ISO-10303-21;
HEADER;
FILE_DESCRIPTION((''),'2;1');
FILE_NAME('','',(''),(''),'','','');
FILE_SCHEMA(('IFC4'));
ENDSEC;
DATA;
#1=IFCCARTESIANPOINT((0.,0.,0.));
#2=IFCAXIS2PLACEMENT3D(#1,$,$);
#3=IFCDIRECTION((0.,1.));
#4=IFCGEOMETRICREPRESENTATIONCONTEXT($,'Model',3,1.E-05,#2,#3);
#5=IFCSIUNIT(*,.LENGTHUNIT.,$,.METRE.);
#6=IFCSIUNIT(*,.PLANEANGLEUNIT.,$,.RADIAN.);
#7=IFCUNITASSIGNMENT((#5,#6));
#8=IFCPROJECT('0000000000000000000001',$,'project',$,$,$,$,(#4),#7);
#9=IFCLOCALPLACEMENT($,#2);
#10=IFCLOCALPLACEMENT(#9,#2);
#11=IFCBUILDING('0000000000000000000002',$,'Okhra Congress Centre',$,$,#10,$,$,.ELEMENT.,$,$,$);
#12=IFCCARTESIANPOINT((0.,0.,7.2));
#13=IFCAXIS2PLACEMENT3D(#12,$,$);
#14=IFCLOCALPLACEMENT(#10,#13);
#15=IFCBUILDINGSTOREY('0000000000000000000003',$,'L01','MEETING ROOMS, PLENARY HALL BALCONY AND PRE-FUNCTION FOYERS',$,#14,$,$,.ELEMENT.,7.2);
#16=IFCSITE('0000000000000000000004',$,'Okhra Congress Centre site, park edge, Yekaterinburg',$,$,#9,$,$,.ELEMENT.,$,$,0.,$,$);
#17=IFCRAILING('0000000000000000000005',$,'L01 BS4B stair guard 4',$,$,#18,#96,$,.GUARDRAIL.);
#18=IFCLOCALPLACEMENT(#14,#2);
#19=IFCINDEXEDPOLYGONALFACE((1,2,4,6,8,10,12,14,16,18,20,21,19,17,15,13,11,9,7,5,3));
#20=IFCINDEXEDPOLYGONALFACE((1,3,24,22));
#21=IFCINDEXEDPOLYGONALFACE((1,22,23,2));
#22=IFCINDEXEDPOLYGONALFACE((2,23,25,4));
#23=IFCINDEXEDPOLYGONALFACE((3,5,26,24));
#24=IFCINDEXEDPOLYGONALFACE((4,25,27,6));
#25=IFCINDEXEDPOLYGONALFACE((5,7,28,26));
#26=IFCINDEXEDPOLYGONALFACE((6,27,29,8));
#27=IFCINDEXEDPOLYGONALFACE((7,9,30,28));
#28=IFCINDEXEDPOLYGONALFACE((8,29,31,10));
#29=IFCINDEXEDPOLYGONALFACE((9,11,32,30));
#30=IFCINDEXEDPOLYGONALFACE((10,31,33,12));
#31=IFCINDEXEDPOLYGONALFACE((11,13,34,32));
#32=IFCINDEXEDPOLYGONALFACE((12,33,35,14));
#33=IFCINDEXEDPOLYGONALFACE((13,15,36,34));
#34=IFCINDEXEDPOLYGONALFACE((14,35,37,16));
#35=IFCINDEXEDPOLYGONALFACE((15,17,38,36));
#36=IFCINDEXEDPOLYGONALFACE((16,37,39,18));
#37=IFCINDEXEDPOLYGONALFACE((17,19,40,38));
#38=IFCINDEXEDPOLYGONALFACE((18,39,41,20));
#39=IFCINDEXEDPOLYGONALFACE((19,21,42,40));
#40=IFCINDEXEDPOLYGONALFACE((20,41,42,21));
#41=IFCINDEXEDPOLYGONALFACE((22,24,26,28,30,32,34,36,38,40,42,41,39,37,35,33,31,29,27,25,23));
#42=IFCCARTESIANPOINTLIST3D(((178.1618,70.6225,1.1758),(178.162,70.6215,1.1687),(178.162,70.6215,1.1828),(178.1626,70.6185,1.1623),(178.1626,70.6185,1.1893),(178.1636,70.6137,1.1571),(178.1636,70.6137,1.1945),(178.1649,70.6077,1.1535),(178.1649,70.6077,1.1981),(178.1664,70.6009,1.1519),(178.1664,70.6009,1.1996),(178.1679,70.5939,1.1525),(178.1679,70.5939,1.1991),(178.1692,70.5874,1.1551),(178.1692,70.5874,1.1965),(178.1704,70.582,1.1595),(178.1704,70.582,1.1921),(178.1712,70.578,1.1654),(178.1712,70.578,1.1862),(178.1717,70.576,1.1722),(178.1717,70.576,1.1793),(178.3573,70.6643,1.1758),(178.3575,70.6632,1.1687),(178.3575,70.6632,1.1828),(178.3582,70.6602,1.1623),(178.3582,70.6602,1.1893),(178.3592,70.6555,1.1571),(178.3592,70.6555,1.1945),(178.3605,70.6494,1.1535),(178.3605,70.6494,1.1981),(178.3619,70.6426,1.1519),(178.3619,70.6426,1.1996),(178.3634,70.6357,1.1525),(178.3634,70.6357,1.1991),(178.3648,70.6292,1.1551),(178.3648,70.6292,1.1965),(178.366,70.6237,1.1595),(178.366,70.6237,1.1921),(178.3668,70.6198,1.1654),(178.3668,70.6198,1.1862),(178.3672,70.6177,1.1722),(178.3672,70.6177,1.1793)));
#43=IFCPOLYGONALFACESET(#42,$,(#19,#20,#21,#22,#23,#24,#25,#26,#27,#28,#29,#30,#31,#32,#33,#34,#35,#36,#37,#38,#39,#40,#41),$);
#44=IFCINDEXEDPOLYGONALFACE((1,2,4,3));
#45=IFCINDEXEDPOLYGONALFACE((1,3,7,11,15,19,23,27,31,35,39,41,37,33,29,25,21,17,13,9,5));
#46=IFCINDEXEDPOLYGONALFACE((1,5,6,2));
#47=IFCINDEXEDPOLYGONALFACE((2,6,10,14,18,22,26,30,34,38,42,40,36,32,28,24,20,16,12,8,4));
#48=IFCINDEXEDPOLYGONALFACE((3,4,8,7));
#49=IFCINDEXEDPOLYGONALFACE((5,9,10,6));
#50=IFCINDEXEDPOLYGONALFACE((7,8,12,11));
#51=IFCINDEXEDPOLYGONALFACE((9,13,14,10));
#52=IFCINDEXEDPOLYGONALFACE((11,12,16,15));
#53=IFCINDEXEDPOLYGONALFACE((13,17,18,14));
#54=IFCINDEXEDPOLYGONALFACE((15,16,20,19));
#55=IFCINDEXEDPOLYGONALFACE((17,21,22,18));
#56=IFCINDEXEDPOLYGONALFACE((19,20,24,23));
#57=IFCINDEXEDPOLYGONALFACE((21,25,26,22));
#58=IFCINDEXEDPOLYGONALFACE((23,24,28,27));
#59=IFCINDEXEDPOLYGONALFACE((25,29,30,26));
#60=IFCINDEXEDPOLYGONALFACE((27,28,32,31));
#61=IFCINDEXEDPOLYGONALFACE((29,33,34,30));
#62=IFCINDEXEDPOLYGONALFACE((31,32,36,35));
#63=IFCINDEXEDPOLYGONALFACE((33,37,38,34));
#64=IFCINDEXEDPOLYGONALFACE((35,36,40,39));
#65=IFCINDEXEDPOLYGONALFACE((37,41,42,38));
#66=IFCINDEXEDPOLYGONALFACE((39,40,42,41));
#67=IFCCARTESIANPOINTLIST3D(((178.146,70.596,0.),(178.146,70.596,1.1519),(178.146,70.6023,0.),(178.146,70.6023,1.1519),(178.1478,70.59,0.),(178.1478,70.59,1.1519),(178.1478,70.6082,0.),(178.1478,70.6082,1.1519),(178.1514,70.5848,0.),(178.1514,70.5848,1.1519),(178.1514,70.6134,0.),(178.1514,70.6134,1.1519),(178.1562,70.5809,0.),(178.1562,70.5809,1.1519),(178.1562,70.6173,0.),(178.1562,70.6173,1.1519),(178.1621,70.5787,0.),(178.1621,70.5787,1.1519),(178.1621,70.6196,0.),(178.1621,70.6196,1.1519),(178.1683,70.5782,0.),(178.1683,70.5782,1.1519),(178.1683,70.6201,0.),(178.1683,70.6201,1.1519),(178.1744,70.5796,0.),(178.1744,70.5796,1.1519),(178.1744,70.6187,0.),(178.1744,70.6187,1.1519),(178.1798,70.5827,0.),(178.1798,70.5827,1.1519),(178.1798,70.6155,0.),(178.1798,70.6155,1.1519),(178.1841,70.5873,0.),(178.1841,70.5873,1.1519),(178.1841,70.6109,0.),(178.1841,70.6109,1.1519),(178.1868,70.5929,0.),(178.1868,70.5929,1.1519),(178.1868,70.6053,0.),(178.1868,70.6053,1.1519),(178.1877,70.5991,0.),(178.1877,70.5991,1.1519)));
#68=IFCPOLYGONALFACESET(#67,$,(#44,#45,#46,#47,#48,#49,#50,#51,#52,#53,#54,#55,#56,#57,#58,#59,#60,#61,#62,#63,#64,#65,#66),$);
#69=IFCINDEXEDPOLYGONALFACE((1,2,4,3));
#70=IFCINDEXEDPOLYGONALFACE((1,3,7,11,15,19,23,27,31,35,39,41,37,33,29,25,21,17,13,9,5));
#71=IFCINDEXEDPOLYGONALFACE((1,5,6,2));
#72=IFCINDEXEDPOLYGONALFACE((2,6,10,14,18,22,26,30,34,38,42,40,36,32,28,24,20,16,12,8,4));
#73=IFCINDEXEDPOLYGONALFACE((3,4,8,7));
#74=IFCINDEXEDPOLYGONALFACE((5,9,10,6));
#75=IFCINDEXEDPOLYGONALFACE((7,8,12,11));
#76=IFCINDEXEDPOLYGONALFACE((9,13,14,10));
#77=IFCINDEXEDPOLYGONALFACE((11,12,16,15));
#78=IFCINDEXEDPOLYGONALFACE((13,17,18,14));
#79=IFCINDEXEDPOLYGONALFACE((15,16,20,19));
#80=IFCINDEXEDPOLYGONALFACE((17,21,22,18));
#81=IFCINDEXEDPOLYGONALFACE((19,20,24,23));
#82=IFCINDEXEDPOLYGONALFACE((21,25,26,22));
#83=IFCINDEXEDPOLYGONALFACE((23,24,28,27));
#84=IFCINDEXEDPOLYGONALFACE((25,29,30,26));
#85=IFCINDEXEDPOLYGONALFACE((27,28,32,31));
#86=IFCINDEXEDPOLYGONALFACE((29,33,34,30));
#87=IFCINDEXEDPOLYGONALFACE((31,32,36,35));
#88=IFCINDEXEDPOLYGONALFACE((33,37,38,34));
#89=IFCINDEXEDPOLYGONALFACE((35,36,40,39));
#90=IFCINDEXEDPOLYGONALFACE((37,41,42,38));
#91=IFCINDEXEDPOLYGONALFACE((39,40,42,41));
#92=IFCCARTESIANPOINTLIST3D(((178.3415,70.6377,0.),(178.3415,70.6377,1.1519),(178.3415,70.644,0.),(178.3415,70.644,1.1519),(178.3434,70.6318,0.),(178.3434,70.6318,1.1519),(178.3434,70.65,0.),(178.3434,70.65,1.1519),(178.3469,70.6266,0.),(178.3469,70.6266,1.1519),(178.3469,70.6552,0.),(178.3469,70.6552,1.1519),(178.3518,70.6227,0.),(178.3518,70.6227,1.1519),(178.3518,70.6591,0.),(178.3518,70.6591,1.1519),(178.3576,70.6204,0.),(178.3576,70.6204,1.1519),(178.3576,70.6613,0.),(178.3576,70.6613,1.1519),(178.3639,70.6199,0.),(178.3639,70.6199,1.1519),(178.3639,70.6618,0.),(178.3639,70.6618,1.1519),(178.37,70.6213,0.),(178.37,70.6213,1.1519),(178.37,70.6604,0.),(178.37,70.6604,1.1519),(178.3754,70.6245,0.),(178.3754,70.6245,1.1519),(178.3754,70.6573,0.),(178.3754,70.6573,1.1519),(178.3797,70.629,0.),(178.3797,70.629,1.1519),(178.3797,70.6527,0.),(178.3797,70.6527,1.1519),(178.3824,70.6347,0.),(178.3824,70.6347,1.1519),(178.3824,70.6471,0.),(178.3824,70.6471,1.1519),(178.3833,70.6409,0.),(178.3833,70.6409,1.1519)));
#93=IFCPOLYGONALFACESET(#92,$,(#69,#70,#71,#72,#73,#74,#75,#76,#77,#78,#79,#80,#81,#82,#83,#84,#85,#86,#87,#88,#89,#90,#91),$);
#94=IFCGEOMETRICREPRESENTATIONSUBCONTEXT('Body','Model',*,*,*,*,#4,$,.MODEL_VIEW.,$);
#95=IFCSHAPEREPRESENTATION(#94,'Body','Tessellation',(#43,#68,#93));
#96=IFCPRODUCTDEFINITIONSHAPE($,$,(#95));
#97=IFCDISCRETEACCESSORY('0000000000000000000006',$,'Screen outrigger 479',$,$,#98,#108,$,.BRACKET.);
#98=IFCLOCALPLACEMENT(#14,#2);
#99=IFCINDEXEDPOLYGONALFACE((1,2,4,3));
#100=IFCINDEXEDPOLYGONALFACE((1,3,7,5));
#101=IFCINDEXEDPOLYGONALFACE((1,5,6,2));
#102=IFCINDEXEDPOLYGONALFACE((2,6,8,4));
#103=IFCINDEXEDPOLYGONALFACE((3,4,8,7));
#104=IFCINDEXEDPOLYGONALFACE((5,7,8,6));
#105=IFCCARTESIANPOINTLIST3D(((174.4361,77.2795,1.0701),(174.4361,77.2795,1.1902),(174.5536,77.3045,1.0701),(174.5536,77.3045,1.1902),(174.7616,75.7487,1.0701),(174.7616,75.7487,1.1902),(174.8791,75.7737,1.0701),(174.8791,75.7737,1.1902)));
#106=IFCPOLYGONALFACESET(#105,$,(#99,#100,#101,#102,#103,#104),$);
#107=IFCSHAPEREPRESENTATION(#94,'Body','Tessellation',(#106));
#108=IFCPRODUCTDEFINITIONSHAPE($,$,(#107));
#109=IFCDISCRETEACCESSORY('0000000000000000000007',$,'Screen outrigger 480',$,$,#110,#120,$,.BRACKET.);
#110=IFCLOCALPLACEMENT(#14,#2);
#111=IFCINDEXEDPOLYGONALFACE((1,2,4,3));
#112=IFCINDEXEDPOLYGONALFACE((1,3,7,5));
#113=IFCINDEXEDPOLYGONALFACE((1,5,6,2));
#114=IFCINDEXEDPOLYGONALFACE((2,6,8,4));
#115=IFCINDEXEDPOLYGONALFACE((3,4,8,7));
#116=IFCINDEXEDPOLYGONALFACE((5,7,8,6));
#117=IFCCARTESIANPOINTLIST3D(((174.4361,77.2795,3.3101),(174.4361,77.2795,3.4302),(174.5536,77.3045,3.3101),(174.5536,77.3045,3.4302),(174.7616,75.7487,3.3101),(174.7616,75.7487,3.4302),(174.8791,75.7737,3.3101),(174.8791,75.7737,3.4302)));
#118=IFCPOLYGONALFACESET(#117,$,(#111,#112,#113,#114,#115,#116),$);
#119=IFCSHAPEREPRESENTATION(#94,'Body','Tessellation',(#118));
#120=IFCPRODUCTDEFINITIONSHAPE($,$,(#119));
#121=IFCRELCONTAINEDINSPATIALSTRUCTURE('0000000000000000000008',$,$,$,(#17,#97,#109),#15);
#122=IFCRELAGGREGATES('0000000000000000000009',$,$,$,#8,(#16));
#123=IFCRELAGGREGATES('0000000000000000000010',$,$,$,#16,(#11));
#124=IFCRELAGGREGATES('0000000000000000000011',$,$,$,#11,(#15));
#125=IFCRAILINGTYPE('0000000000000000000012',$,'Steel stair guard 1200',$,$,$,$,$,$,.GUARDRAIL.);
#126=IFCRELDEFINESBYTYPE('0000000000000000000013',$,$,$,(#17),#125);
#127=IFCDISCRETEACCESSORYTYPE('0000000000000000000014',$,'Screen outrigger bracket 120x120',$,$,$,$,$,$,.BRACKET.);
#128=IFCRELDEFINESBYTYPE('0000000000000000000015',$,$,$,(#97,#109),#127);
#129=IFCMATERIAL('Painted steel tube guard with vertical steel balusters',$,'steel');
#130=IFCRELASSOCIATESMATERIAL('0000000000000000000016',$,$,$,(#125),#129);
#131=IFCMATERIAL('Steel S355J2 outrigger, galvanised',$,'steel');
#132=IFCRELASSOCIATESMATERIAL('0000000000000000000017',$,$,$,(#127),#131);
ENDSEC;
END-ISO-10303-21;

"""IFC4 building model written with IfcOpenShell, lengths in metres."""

from ifc_helpers import new_model, si_unit, direction, frame, origin, origin_2d, place, context, subcontext, project, spatial, rectangle, circle, extrude, material, material_profile, profile_set, type_object, element, save


model = new_model("IFC4")

# Units and contexts
model_context = context("Model", 3, precision=1e-05, world=origin(), true_north=direction((0.0, 1.0)))
body_context = subcontext(model_context, "Body", "Model", "MODEL_VIEW")
ifc_project = project(units=[si_unit("LENGTHUNIT", "METRE"), si_unit("PLANEANGLEUNIT", "RADIAN")], contexts=[model_context])

# Site, building, storey
site_placement = place(None, origin())
site = spatial("IfcSite", under=ifc_project, at=site_placement, Name="Okhra Congress Centre site, park edge, Yekaterinburg", CompositionType="ELEMENT", RefElevation=0.0)
building_placement = place(site_placement, origin())
building = spatial("IfcBuilding", under=site, at=building_placement, Name="Okhra Congress Centre", CompositionType="ELEMENT")
storey_placement = place(building_placement, frame((0.0, 0.0, 7.2)))
storey = spatial("IfcBuildingStorey", under=building, at=storey_placement, Name="L01", Description="MEETING ROOMS, PLENARY HALL BALCONY AND PRE-FUNCTION FOYERS", CompositionType="ELEMENT", Elevation=7.2)

# Railing
ifc_material_1 = material(Name="Painted steel tube guard with vertical steel balusters", Category="steel")
railing_type_1 = type_object("IfcRailingType", Name="Steel stair guard 1200", PredefinedType="GUARDRAIL", material=ifc_material_1)
railing_1_placement = place(storey_placement, frame((178.1667, 70.5991, 0.0)))
element("IfcRailing", 1, at=railing_1_placement, inside=storey, type_object=railing_type_1, Name="L01 BS4B stair guard 4", PredefinedType="GUARDRAIL", context=body_context, shape_type="SweptSolid", body=[
    extrude(circle(Radius=0.0239, at=origin_2d()), frame((0.0, 0.0, 1.1758), z_axis=(0.977963, 0.208779, 0.0), x_axis=(-0.208779, 0.977963, 0.0)), (0.0, 0.0, 1.0), 0.2),
    extrude(circle(Radius=0.021, at=origin_2d()), origin(), (0.0, 0.0, 1.0), 1.1519),
    extrude(circle(Radius=0.021, at=origin_2d()), frame((0.1956, 0.0417, 0.0)), (0.0, 0.0, 1.0), 1.1519),
])

# Discrete accessories
ifc_material_2 = material(Name="Steel S355J2 outrigger, galvanised", Category="steel")
ifc_material_profile_1 = material_profile(ifc_material_2, rectangle(XDim=0.1201, YDim=0.1201, at=origin_2d()), Name="Screen outrigger bracket 120x120")
ifc_profile_set_1 = profile_set([ifc_material_profile_1], Name="Steel S355J2 outrigger, galvanised")
discrete_accessory_type = type_object("IfcDiscreteAccessoryType", Name="Screen outrigger bracket 120x120", PredefinedType="BRACKET", material=ifc_profile_set_1)
for number, where, z_axis, x_axis, name in (
    (2, (174.8203, 75.7612, 1.1301), (-0.207952, 0.978139, 0.0), (-0.978139, -0.207952, 0.0), "Screen outrigger 479"),
    (3, (174.8203, 75.7612, 3.3701), (-0.207952, 0.978139, 0.0), (-0.978139, -0.207952, 0.0), "Screen outrigger 480"),
):
    element("IfcDiscreteAccessory", number, at=place(storey_placement, frame(where, z_axis=z_axis, x_axis=x_axis)), inside=storey, type_object=discrete_accessory_type, Name=name, PredefinedType="BRACKET", context=body_context, shape_type="SweptSolid", body=[
        extrude(rectangle(XDim=0.1201, YDim=0.1201, at=origin_2d()), origin(), (0.0, 0.0, 1.0), 1.5649),
    ])

save(model, "model.ifc")
